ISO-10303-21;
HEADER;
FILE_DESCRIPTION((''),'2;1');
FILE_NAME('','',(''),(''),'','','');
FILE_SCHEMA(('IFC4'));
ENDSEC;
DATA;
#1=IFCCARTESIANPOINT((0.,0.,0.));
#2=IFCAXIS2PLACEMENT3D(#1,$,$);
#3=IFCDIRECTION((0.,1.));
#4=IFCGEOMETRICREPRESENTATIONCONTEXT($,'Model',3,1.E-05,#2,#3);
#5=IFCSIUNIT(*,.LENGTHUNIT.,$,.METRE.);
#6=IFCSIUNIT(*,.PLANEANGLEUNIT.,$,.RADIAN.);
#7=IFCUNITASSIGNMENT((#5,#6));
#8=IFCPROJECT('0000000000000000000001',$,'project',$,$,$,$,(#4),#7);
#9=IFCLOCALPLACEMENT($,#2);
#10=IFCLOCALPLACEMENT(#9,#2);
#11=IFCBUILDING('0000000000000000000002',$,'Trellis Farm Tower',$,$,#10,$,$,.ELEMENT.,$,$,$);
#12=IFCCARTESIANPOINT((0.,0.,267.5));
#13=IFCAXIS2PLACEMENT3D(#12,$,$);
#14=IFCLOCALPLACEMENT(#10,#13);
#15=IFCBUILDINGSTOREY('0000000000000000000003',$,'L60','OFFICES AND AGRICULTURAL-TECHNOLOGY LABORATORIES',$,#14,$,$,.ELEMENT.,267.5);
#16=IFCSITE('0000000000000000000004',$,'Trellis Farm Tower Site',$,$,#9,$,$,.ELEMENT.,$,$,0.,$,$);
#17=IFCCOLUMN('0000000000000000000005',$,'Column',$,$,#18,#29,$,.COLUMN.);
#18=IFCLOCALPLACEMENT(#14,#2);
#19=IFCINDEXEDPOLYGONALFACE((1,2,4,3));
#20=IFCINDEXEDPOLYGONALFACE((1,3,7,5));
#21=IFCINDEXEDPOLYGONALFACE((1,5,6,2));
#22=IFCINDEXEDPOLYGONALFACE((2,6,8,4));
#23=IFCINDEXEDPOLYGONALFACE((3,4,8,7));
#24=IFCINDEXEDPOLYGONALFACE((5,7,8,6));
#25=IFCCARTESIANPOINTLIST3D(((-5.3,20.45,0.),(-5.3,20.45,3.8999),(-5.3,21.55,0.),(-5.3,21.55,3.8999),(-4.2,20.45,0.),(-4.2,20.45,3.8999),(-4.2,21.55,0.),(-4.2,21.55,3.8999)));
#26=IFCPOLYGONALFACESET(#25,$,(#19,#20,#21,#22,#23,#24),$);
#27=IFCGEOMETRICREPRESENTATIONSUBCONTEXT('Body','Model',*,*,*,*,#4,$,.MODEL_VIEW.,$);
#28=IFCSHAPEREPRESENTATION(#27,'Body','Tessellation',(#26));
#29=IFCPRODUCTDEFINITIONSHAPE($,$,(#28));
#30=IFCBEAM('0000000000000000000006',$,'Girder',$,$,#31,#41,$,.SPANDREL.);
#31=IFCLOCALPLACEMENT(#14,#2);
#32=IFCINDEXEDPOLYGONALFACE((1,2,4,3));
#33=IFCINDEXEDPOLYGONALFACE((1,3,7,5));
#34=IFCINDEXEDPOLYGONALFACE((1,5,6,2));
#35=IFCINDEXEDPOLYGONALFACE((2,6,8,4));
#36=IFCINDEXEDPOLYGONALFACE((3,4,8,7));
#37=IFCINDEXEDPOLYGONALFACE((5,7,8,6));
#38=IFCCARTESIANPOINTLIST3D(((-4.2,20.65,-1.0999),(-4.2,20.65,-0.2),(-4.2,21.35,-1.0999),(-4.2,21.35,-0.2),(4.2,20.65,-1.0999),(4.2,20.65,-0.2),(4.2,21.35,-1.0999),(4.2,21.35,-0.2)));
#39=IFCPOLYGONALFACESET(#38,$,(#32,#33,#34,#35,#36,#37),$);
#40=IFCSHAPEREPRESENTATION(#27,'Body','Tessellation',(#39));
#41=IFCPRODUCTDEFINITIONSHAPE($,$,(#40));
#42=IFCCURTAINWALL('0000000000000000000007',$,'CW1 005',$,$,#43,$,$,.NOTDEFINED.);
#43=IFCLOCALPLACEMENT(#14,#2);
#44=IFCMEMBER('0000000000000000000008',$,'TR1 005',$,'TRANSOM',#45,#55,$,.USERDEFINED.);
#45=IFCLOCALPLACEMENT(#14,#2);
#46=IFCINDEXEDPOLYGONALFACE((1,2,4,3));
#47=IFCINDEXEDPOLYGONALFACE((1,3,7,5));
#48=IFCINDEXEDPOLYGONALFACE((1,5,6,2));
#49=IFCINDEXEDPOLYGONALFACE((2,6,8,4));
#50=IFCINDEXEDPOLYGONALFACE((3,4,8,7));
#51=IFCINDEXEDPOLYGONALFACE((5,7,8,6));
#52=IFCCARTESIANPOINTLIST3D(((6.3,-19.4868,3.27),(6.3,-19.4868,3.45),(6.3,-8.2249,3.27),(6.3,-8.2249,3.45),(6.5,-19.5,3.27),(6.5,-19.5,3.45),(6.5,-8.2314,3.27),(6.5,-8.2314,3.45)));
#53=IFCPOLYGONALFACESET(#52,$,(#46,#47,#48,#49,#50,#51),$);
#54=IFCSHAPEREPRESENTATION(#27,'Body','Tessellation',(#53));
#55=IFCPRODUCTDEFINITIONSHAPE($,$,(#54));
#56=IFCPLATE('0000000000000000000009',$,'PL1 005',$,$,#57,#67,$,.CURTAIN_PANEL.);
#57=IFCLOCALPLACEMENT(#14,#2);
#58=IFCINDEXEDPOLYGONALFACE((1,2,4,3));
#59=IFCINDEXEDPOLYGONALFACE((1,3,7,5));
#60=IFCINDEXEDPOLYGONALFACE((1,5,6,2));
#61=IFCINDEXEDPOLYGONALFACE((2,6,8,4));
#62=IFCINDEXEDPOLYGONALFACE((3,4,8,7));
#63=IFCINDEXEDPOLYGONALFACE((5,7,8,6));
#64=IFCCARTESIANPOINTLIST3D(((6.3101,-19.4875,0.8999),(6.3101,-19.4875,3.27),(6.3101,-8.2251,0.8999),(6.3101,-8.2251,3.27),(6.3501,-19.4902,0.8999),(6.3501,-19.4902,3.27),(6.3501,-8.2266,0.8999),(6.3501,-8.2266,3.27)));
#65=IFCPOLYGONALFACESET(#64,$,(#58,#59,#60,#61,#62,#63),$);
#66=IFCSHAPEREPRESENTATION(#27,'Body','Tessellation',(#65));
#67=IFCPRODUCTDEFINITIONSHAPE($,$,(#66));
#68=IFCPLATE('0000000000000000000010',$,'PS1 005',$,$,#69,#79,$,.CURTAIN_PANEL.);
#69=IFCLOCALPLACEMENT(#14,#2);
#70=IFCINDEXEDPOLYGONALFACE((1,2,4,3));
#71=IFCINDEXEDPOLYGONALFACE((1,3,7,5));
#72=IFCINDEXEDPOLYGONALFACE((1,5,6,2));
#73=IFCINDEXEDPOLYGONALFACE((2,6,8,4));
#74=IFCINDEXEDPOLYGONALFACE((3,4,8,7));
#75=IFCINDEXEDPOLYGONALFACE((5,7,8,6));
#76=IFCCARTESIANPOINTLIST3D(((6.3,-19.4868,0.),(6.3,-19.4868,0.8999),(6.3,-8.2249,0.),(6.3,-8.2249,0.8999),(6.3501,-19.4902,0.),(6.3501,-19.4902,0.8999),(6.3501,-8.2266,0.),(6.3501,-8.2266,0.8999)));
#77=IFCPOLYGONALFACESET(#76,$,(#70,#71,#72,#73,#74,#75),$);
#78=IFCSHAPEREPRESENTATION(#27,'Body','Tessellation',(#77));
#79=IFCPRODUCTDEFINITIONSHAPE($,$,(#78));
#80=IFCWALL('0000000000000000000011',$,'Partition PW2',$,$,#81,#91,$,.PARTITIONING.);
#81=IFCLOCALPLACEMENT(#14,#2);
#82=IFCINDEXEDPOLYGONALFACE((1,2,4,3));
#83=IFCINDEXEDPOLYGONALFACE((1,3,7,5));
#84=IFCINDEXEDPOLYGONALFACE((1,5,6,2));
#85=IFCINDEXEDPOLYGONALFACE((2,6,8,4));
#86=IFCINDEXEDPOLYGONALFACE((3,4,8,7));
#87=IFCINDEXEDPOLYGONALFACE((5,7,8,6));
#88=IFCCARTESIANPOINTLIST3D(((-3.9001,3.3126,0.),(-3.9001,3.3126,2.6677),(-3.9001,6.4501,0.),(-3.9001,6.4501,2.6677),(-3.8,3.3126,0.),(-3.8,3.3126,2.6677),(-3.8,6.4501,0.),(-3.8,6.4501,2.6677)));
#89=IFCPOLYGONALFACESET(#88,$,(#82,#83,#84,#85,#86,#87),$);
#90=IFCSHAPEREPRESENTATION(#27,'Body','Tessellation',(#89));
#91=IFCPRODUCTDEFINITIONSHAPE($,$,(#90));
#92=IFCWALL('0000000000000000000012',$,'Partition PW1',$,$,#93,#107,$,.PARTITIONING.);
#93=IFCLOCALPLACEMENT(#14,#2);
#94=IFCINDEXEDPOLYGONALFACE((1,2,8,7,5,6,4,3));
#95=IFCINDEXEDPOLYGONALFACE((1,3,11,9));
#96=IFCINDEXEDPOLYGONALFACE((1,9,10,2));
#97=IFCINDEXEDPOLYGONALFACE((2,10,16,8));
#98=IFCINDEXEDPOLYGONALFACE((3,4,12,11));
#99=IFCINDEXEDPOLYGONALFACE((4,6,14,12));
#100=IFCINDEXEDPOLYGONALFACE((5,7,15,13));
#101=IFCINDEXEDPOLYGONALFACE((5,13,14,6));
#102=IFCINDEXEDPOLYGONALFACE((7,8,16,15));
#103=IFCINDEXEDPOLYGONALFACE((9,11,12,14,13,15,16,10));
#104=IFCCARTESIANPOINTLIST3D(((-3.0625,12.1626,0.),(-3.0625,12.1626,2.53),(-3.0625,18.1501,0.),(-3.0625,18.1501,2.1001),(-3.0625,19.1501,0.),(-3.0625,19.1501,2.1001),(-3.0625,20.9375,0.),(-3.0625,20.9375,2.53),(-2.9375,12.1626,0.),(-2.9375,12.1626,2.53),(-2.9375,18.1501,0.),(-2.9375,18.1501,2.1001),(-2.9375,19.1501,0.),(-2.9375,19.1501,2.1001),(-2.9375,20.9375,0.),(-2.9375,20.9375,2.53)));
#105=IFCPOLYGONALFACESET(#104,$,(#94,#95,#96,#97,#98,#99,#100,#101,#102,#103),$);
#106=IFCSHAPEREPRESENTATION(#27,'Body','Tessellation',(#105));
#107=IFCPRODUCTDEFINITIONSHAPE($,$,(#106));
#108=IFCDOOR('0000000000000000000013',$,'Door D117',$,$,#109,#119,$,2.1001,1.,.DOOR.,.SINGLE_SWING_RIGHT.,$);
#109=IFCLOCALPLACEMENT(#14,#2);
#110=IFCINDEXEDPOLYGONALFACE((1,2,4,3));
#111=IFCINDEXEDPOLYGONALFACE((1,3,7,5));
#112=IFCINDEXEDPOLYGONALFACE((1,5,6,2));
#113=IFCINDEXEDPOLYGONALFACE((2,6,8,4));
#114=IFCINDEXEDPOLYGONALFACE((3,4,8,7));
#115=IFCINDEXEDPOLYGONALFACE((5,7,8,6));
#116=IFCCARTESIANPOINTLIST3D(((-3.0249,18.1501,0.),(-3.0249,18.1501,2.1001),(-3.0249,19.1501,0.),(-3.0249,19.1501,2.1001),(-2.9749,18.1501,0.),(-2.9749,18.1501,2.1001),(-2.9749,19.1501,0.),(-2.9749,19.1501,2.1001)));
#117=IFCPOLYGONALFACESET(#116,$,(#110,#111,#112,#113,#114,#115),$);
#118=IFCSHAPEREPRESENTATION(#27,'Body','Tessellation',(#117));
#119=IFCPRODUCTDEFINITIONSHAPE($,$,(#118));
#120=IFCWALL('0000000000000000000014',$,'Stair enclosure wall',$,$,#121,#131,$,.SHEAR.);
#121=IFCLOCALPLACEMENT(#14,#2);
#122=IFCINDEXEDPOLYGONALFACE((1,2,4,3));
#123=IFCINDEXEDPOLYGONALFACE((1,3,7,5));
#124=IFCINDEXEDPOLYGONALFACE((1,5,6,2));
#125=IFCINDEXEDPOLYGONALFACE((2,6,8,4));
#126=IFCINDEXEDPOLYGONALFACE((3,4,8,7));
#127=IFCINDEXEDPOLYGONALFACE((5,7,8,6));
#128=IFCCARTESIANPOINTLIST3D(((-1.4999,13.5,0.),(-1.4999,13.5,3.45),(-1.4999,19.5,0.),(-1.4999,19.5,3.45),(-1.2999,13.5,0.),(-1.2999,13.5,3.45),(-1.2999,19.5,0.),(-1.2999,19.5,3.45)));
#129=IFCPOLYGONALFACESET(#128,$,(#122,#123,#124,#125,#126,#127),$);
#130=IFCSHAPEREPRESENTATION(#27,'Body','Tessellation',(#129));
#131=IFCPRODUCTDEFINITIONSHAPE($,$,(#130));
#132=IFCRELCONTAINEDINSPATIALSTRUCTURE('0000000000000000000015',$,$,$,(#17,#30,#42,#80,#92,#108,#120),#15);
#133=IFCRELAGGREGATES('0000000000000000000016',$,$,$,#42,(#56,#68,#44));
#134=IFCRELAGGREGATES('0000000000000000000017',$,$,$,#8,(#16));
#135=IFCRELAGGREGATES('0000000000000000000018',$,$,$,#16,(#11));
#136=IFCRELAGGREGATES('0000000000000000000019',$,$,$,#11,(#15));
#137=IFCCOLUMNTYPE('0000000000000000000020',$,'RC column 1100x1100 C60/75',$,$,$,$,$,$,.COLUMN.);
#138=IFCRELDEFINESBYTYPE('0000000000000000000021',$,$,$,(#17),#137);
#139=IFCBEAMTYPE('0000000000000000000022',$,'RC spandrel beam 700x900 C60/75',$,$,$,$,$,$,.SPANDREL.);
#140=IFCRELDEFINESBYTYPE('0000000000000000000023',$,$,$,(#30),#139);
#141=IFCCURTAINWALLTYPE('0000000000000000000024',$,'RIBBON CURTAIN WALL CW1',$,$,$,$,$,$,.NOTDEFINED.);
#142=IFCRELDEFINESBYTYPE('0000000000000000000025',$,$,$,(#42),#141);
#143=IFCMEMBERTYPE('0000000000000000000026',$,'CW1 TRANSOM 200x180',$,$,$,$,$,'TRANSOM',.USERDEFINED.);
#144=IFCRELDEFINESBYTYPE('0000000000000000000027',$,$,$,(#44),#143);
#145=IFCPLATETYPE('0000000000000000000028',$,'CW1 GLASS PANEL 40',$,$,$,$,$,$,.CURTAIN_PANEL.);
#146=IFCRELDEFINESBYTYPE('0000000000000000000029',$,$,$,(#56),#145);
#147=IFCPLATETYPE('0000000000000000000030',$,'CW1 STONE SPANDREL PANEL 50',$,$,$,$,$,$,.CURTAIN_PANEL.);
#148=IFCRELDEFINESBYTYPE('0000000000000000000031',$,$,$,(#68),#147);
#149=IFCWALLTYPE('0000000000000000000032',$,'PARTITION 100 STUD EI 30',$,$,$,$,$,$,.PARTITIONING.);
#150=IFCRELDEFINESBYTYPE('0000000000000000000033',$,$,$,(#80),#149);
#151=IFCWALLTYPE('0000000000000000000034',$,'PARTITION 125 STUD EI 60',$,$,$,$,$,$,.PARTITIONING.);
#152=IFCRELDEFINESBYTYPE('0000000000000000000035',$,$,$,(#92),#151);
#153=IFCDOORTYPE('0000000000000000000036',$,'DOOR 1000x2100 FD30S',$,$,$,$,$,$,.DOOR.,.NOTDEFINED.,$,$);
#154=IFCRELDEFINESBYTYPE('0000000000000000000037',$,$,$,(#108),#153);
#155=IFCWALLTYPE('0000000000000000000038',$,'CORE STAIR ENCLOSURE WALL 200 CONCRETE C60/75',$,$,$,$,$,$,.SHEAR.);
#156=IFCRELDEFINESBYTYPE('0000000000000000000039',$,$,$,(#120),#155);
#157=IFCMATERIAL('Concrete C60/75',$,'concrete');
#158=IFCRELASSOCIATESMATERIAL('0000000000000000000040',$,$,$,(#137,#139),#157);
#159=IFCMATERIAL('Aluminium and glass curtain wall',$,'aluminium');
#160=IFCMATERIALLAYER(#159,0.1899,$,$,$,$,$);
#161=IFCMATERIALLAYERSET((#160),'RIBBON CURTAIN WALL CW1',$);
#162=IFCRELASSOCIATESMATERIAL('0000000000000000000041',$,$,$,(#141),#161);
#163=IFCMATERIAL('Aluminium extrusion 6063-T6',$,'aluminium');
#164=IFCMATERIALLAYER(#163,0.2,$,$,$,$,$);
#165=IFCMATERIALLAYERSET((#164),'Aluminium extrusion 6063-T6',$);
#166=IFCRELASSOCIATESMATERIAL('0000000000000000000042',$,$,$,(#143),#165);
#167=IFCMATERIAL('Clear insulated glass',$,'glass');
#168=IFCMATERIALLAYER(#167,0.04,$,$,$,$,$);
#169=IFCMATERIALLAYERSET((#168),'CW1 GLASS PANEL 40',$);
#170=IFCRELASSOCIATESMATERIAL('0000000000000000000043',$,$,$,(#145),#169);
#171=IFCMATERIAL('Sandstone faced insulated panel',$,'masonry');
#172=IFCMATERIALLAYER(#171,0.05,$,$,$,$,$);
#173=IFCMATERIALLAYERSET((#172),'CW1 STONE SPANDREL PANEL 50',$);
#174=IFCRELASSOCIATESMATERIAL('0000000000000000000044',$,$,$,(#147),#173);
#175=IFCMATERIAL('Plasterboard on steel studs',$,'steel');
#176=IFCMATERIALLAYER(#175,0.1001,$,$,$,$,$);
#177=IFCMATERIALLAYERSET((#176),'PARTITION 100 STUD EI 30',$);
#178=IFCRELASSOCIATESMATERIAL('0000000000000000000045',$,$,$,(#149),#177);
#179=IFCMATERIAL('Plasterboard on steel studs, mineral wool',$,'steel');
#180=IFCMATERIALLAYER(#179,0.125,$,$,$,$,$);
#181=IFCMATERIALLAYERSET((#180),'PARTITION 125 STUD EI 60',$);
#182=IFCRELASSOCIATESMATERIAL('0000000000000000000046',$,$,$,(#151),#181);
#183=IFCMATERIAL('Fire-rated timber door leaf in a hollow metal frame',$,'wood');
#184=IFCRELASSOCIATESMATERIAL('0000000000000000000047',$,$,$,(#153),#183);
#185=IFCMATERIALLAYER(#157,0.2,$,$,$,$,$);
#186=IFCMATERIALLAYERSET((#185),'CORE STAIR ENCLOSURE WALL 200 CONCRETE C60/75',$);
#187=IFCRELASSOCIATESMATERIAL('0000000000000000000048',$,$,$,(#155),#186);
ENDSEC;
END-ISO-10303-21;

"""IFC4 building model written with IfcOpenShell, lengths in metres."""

from ifc_helpers import new_model, si_unit, direction, frame, frame_2d, origin, origin_2d, place, context, subcontext, project, spatial, polyline, rectangle, outline, extrude, source, transform, mapped, material, layer, layer_set, material_profile, profile_set, type_object, element, fill, aggregate, save


model = new_model("IFC4")

# Units and contexts
model_context = context("Model", 3, precision=1e-05, world=origin(), true_north=direction((0.0, 1.0)))
body_context = subcontext(model_context, "Body", "Model", "MODEL_VIEW")
ifc_project = project(units=[si_unit("LENGTHUNIT", "METRE"), si_unit("PLANEANGLEUNIT", "RADIAN")], contexts=[model_context])

# Site, building, storey
site_placement = place(None, origin())
site = spatial("IfcSite", under=ifc_project, at=site_placement, Name="Trellis Farm Tower Site", CompositionType="ELEMENT", RefElevation=0.0)
building_placement = place(site_placement, origin())
building = spatial("IfcBuilding", under=site, at=building_placement, Name="Trellis Farm Tower", CompositionType="ELEMENT")
storey_placement = place(building_placement, frame((0.0, 0.0, 267.5)))
storey = spatial("IfcBuildingStorey", under=building, at=storey_placement, Name="L60", Description="OFFICES AND AGRICULTURAL-TECHNOLOGY LABORATORIES", CompositionType="ELEMENT", Elevation=267.5)

# Column
ifc_material_1 = material(Name="Concrete C60/75", Category="concrete")
ifc_material_profile_1 = material_profile(ifc_material_1, rectangle(XDim=1.1001, YDim=1.1001, at=origin_2d()), Name="RC column 1100x1100 C60/75")
ifc_profile_set_1 = profile_set([ifc_material_profile_1], Name="Concrete C60/75")
column_type = type_object("IfcColumnType", Name="RC column 1100x1100 C60/75", PredefinedType="COLUMN", material=ifc_profile_set_1)
shared_shape_1 = source(origin(), body_context, "Body", "SweptSolid", [
    extrude(rectangle(XDim=1.1001, YDim=1.1001, at=origin_2d()), origin(), (0.0, 0.0, 1.0), 3.8999),
])
column_placement = place(storey_placement, frame((-4.75, 21.0, 0.0), z_axis=(0.0, 0.0, 1.0), x_axis=(1.0, 0.0, 0.0)))
element("IfcColumn", 1, at=column_placement, inside=storey, type_object=column_type, Name="Column", PredefinedType="COLUMN", context=body_context, shape_type="MappedRepresentation", body=[
    mapped(shared_shape_1, transform((0.0, 0.0, 0.0))),
])

# Beam
ifc_material_profile_2 = material_profile(ifc_material_1, rectangle(XDim=0.7, YDim=0.8999, at=origin_2d()), Name="RC spandrel beam 700x900 C60/75")
ifc_profile_set_2 = profile_set([ifc_material_profile_2], Name="Concrete C60/75")
beam_type = type_object("IfcBeamType", Name="RC spandrel beam 700x900 C60/75", PredefinedType="SPANDREL", material=ifc_profile_set_2)
shared_shape_2 = source(origin(), body_context, "Body", "SweptSolid", [
    extrude(rectangle(XDim=0.7, YDim=0.8999, at=origin_2d()), origin(), (0.0, 0.0, 1.0), 8.3999),
])
beam_placement = place(storey_placement, frame((-4.2, 21.0, -0.6499), z_axis=(1.0, 0.0, 0.0), x_axis=(0.0, 1.0, 0.0)))
element("IfcBeam", 2, at=beam_placement, inside=storey, type_object=beam_type, Name="Girder", PredefinedType="SPANDREL", context=body_context, shape_type="MappedRepresentation", body=[
    mapped(shared_shape_2, transform((0.0, 0.0, 0.0))),
])

# Curtain wall, member, plates
ifc_material_2 = material(Name="Aluminium and glass curtain wall", Category="aluminium")
ifc_layer_1 = layer(ifc_material_2, 0.1899)
ifc_layer_set_1 = layer_set([ifc_layer_1], Name="RIBBON CURTAIN WALL CW1")
curtain_wall_type = type_object("IfcCurtainWallType", Name="RIBBON CURTAIN WALL CW1", PredefinedType="NOTDEFINED", material=ifc_layer_set_1)
placement = place(storey_placement, origin())
curtain_wall = element("IfcCurtainWall", 3, at=placement, inside=storey, type_object=curtain_wall_type, Name="CW1 005", PredefinedType="NOTDEFINED")
ifc_material_3 = material(Name="Aluminium extrusion 6063-T6", Category="aluminium")
ifc_layer_2 = layer(ifc_material_3, 0.2)
ifc_layer_set_2 = layer_set([ifc_layer_2], Name="Aluminium extrusion 6063-T6")
member_type = type_object("IfcMemberType", Name="CW1 TRANSOM 200x180", ElementType="TRANSOM", PredefinedType="USERDEFINED", material=ifc_layer_set_2)
shared_shape_3 = source(origin(), body_context, "Body", "SweptSolid", [
    extrude(outline(polyline([(6.5, -19.5), (6.5, -8.2314), (6.3, -8.2249), (6.3, -19.4868), (6.5, -19.5)])), origin(), (0.0, 0.0, 1.0), 0.1799),
])
member_placement = place(storey_placement, frame((0.0, 0.0, 3.27)))
member = element("IfcMember", 4, at=member_placement, type_object=member_type, Name="TR1 005", ObjectType="TRANSOM", PredefinedType="USERDEFINED", context=body_context, shape_type="MappedRepresentation", body=[
    mapped(shared_shape_3, transform((0.0, 0.0, 0.0))),
])
ifc_material_4 = material(Name="Clear insulated glass", Category="glass")
ifc_layer_3 = layer(ifc_material_4, 0.04)
ifc_layer_set_3 = layer_set([ifc_layer_3], Name="CW1 GLASS PANEL 40")
plate_type_1 = type_object("IfcPlateType", Name="CW1 GLASS PANEL 40", PredefinedType="CURTAIN_PANEL", material=ifc_layer_set_3)
plate_1_placement = place(storey_placement, frame((0.0, 0.0, 0.8999)))
plate_1 = element("IfcPlate", 5, at=plate_1_placement, type_object=plate_type_1, Name="PL1 005", PredefinedType="CURTAIN_PANEL", context=body_context, shape_type="SweptSolid", body=[
    extrude(outline(polyline([(6.3501, -19.4902), (6.3501, -8.2266), (6.3101, -8.2251), (6.3101, -19.4875), (6.3501, -19.4902)])), origin(), (0.0, 0.0, 1.0), 2.3701),
])
ifc_material_5 = material(Name="Sandstone faced insulated panel", Category="masonry")
ifc_layer_4 = layer(ifc_material_5, 0.05)
ifc_layer_set_4 = layer_set([ifc_layer_4], Name="CW1 STONE SPANDREL PANEL 50")
plate_type_2 = type_object("IfcPlateType", Name="CW1 STONE SPANDREL PANEL 50", PredefinedType="CURTAIN_PANEL", material=ifc_layer_set_4)
shared_shape_4 = source(origin(), body_context, "Body", "SweptSolid", [
    extrude(outline(polyline([(6.3501, -19.4902), (6.3501, -8.2266), (6.3, -8.2249), (6.3, -19.4868), (6.3501, -19.4902)])), origin(), (0.0, 0.0, 1.0), 0.8999),
])
plate_2 = element("IfcPlate", 6, at=placement, type_object=plate_type_2, Name="PS1 005", PredefinedType="CURTAIN_PANEL", context=body_context, shape_type="MappedRepresentation", body=[
    mapped(shared_shape_4, transform((0.0, 0.0, 0.0))),
])
aggregate(curtain_wall, [plate_1, plate_2, member])

# Wall
ifc_material_6 = material(Name="Plasterboard on steel studs", Category="steel")
ifc_layer_5 = layer(ifc_material_6, 0.1001)
ifc_layer_set_5 = layer_set([ifc_layer_5], Name="PARTITION 100 STUD EI 30")
wall_type_1 = type_object("IfcWallType", Name="PARTITION 100 STUD EI 30", PredefinedType="PARTITIONING", material=ifc_layer_set_5)
wall_1_placement = place(storey_placement, frame((-3.8501, 3.3125, 0.0), z_axis=(0.0, 0.0, 1.0), x_axis=(0.0, 1.0, 0.0)))
element("IfcWall", 7, at=wall_1_placement, inside=storey, type_object=wall_type_1, Name="Partition PW2", PredefinedType="PARTITIONING", context=body_context, shape_type="SweptSolid", body=[
    extrude(rectangle(XDim=3.1375, YDim=0.1001, at=frame_2d((1.5688, 0.0))), origin(), (0.0, 0.0, 1.0), 2.6677),
])

# Wall, opening, door
ifc_material_7 = material(Name="Plasterboard on steel studs, mineral wool", Category="steel")
ifc_layer_6 = layer(ifc_material_7, 0.125)
ifc_layer_set_6 = layer_set([ifc_layer_6], Name="PARTITION 125 STUD EI 60")
wall_type_2 = type_object("IfcWallType", Name="PARTITION 125 STUD EI 60", PredefinedType="PARTITIONING", material=ifc_layer_set_6)
wall_2_placement = place(storey_placement, frame((-3.0, 12.1626, 0.0), z_axis=(0.0, 0.0, 1.0), x_axis=(0.0, 1.0, 0.0)))
wall_2 = element("IfcWall", 8, at=wall_2_placement, inside=storey, type_object=wall_type_2, Name="Partition PW1", PredefinedType="PARTITIONING", context=body_context, shape_type="SweptSolid", body=[
    extrude(rectangle(XDim=8.7749, YDim=0.125, at=frame_2d((4.3875, 0.0))), origin(), (0.0, 0.0, 1.0), 2.53),
])
shared_shape_5 = source(origin(), body_context, "Body", "SweptSolid", [
    extrude(rectangle(XDim=1.0, YDim=2.1001, at=frame_2d((0.5, 1.05))), frame((0.0, 0.0725, 0.0), z_axis=(0.0, -1.0, 0.0), x_axis=(1.0, 0.0, 0.0)), (0.0, 0.0, 1.0), 0.145),
])
opening_1_placement = place(wall_2_placement, frame((5.9875, 0.0, 0.0)))
opening_1 = element("IfcOpeningElement", 9, at=opening_1_placement, cuts=wall_2, PredefinedType="OPENING", context=body_context, shape_type="MappedRepresentation", body=[
    mapped(shared_shape_5, transform((0.0, 0.0, 0.0))),
])
ifc_material_8 = material(Name="Fire-rated timber door leaf in a hollow metal frame", Category="wood")
door_type_1 = type_object("IfcDoorType", Name="DOOR 1000x2100 FD30S", OperationType="NOTDEFINED", PredefinedType="DOOR", material=ifc_material_8)
shared_shape_6 = source(origin(), body_context, "Body", "SweptSolid", [
    extrude(rectangle(XDim=1.0, YDim=2.1001, at=frame_2d((0.5, 1.05))), frame((0.0, 0.0249, 0.0), z_axis=(0.0, -1.0, 0.0), x_axis=(1.0, 0.0, 0.0)), (0.0, 0.0, 1.0), 0.05),
])
door_1_placement = place(opening_1_placement, origin())
door_1 = element("IfcDoor", 10, at=door_1_placement, inside=storey, type_object=door_type_1, Name="Door D117", OperationType="SINGLE_SWING_RIGHT", OverallHeight=2.1001, OverallWidth=1.0, PredefinedType="DOOR", context=body_context, shape_type="MappedRepresentation", body=[
    mapped(shared_shape_6, transform((0.0, 0.0, 0.0))),
])
fill(opening_1, door_1)

# Wall
ifc_layer_7 = layer(ifc_material_1, 0.2)
ifc_layer_set_7 = layer_set([ifc_layer_7], Name="CORE STAIR ENCLOSURE WALL 200 CONCRETE C60/75")
wall_type_3 = type_object("IfcWallType", Name="CORE STAIR ENCLOSURE WALL 200 CONCRETE C60/75", PredefinedType="SHEAR", material=ifc_layer_set_7)
shared_shape_7 = source(origin(), body_context, "Body", "SweptSolid", [
    extrude(rectangle(XDim=6.0, YDim=0.2, at=frame_2d((3.0, 0.0))), origin(), (0.0, 0.0, 1.0), 3.45),
])
wall_3_placement = place(storey_placement, frame((-1.3999, 13.5, 0.0), z_axis=(0.0, 0.0, 1.0), x_axis=(0.0, 1.0, 0.0)))
element("IfcWall", 11, at=wall_3_placement, inside=storey, type_object=wall_type_3, Name="Stair enclosure wall", PredefinedType="SHEAR", context=body_context, shape_type="MappedRepresentation", body=[
    mapped(shared_shape_7, transform((0.0, 0.0, 0.0))),
])

save(model, "model.ifc")
